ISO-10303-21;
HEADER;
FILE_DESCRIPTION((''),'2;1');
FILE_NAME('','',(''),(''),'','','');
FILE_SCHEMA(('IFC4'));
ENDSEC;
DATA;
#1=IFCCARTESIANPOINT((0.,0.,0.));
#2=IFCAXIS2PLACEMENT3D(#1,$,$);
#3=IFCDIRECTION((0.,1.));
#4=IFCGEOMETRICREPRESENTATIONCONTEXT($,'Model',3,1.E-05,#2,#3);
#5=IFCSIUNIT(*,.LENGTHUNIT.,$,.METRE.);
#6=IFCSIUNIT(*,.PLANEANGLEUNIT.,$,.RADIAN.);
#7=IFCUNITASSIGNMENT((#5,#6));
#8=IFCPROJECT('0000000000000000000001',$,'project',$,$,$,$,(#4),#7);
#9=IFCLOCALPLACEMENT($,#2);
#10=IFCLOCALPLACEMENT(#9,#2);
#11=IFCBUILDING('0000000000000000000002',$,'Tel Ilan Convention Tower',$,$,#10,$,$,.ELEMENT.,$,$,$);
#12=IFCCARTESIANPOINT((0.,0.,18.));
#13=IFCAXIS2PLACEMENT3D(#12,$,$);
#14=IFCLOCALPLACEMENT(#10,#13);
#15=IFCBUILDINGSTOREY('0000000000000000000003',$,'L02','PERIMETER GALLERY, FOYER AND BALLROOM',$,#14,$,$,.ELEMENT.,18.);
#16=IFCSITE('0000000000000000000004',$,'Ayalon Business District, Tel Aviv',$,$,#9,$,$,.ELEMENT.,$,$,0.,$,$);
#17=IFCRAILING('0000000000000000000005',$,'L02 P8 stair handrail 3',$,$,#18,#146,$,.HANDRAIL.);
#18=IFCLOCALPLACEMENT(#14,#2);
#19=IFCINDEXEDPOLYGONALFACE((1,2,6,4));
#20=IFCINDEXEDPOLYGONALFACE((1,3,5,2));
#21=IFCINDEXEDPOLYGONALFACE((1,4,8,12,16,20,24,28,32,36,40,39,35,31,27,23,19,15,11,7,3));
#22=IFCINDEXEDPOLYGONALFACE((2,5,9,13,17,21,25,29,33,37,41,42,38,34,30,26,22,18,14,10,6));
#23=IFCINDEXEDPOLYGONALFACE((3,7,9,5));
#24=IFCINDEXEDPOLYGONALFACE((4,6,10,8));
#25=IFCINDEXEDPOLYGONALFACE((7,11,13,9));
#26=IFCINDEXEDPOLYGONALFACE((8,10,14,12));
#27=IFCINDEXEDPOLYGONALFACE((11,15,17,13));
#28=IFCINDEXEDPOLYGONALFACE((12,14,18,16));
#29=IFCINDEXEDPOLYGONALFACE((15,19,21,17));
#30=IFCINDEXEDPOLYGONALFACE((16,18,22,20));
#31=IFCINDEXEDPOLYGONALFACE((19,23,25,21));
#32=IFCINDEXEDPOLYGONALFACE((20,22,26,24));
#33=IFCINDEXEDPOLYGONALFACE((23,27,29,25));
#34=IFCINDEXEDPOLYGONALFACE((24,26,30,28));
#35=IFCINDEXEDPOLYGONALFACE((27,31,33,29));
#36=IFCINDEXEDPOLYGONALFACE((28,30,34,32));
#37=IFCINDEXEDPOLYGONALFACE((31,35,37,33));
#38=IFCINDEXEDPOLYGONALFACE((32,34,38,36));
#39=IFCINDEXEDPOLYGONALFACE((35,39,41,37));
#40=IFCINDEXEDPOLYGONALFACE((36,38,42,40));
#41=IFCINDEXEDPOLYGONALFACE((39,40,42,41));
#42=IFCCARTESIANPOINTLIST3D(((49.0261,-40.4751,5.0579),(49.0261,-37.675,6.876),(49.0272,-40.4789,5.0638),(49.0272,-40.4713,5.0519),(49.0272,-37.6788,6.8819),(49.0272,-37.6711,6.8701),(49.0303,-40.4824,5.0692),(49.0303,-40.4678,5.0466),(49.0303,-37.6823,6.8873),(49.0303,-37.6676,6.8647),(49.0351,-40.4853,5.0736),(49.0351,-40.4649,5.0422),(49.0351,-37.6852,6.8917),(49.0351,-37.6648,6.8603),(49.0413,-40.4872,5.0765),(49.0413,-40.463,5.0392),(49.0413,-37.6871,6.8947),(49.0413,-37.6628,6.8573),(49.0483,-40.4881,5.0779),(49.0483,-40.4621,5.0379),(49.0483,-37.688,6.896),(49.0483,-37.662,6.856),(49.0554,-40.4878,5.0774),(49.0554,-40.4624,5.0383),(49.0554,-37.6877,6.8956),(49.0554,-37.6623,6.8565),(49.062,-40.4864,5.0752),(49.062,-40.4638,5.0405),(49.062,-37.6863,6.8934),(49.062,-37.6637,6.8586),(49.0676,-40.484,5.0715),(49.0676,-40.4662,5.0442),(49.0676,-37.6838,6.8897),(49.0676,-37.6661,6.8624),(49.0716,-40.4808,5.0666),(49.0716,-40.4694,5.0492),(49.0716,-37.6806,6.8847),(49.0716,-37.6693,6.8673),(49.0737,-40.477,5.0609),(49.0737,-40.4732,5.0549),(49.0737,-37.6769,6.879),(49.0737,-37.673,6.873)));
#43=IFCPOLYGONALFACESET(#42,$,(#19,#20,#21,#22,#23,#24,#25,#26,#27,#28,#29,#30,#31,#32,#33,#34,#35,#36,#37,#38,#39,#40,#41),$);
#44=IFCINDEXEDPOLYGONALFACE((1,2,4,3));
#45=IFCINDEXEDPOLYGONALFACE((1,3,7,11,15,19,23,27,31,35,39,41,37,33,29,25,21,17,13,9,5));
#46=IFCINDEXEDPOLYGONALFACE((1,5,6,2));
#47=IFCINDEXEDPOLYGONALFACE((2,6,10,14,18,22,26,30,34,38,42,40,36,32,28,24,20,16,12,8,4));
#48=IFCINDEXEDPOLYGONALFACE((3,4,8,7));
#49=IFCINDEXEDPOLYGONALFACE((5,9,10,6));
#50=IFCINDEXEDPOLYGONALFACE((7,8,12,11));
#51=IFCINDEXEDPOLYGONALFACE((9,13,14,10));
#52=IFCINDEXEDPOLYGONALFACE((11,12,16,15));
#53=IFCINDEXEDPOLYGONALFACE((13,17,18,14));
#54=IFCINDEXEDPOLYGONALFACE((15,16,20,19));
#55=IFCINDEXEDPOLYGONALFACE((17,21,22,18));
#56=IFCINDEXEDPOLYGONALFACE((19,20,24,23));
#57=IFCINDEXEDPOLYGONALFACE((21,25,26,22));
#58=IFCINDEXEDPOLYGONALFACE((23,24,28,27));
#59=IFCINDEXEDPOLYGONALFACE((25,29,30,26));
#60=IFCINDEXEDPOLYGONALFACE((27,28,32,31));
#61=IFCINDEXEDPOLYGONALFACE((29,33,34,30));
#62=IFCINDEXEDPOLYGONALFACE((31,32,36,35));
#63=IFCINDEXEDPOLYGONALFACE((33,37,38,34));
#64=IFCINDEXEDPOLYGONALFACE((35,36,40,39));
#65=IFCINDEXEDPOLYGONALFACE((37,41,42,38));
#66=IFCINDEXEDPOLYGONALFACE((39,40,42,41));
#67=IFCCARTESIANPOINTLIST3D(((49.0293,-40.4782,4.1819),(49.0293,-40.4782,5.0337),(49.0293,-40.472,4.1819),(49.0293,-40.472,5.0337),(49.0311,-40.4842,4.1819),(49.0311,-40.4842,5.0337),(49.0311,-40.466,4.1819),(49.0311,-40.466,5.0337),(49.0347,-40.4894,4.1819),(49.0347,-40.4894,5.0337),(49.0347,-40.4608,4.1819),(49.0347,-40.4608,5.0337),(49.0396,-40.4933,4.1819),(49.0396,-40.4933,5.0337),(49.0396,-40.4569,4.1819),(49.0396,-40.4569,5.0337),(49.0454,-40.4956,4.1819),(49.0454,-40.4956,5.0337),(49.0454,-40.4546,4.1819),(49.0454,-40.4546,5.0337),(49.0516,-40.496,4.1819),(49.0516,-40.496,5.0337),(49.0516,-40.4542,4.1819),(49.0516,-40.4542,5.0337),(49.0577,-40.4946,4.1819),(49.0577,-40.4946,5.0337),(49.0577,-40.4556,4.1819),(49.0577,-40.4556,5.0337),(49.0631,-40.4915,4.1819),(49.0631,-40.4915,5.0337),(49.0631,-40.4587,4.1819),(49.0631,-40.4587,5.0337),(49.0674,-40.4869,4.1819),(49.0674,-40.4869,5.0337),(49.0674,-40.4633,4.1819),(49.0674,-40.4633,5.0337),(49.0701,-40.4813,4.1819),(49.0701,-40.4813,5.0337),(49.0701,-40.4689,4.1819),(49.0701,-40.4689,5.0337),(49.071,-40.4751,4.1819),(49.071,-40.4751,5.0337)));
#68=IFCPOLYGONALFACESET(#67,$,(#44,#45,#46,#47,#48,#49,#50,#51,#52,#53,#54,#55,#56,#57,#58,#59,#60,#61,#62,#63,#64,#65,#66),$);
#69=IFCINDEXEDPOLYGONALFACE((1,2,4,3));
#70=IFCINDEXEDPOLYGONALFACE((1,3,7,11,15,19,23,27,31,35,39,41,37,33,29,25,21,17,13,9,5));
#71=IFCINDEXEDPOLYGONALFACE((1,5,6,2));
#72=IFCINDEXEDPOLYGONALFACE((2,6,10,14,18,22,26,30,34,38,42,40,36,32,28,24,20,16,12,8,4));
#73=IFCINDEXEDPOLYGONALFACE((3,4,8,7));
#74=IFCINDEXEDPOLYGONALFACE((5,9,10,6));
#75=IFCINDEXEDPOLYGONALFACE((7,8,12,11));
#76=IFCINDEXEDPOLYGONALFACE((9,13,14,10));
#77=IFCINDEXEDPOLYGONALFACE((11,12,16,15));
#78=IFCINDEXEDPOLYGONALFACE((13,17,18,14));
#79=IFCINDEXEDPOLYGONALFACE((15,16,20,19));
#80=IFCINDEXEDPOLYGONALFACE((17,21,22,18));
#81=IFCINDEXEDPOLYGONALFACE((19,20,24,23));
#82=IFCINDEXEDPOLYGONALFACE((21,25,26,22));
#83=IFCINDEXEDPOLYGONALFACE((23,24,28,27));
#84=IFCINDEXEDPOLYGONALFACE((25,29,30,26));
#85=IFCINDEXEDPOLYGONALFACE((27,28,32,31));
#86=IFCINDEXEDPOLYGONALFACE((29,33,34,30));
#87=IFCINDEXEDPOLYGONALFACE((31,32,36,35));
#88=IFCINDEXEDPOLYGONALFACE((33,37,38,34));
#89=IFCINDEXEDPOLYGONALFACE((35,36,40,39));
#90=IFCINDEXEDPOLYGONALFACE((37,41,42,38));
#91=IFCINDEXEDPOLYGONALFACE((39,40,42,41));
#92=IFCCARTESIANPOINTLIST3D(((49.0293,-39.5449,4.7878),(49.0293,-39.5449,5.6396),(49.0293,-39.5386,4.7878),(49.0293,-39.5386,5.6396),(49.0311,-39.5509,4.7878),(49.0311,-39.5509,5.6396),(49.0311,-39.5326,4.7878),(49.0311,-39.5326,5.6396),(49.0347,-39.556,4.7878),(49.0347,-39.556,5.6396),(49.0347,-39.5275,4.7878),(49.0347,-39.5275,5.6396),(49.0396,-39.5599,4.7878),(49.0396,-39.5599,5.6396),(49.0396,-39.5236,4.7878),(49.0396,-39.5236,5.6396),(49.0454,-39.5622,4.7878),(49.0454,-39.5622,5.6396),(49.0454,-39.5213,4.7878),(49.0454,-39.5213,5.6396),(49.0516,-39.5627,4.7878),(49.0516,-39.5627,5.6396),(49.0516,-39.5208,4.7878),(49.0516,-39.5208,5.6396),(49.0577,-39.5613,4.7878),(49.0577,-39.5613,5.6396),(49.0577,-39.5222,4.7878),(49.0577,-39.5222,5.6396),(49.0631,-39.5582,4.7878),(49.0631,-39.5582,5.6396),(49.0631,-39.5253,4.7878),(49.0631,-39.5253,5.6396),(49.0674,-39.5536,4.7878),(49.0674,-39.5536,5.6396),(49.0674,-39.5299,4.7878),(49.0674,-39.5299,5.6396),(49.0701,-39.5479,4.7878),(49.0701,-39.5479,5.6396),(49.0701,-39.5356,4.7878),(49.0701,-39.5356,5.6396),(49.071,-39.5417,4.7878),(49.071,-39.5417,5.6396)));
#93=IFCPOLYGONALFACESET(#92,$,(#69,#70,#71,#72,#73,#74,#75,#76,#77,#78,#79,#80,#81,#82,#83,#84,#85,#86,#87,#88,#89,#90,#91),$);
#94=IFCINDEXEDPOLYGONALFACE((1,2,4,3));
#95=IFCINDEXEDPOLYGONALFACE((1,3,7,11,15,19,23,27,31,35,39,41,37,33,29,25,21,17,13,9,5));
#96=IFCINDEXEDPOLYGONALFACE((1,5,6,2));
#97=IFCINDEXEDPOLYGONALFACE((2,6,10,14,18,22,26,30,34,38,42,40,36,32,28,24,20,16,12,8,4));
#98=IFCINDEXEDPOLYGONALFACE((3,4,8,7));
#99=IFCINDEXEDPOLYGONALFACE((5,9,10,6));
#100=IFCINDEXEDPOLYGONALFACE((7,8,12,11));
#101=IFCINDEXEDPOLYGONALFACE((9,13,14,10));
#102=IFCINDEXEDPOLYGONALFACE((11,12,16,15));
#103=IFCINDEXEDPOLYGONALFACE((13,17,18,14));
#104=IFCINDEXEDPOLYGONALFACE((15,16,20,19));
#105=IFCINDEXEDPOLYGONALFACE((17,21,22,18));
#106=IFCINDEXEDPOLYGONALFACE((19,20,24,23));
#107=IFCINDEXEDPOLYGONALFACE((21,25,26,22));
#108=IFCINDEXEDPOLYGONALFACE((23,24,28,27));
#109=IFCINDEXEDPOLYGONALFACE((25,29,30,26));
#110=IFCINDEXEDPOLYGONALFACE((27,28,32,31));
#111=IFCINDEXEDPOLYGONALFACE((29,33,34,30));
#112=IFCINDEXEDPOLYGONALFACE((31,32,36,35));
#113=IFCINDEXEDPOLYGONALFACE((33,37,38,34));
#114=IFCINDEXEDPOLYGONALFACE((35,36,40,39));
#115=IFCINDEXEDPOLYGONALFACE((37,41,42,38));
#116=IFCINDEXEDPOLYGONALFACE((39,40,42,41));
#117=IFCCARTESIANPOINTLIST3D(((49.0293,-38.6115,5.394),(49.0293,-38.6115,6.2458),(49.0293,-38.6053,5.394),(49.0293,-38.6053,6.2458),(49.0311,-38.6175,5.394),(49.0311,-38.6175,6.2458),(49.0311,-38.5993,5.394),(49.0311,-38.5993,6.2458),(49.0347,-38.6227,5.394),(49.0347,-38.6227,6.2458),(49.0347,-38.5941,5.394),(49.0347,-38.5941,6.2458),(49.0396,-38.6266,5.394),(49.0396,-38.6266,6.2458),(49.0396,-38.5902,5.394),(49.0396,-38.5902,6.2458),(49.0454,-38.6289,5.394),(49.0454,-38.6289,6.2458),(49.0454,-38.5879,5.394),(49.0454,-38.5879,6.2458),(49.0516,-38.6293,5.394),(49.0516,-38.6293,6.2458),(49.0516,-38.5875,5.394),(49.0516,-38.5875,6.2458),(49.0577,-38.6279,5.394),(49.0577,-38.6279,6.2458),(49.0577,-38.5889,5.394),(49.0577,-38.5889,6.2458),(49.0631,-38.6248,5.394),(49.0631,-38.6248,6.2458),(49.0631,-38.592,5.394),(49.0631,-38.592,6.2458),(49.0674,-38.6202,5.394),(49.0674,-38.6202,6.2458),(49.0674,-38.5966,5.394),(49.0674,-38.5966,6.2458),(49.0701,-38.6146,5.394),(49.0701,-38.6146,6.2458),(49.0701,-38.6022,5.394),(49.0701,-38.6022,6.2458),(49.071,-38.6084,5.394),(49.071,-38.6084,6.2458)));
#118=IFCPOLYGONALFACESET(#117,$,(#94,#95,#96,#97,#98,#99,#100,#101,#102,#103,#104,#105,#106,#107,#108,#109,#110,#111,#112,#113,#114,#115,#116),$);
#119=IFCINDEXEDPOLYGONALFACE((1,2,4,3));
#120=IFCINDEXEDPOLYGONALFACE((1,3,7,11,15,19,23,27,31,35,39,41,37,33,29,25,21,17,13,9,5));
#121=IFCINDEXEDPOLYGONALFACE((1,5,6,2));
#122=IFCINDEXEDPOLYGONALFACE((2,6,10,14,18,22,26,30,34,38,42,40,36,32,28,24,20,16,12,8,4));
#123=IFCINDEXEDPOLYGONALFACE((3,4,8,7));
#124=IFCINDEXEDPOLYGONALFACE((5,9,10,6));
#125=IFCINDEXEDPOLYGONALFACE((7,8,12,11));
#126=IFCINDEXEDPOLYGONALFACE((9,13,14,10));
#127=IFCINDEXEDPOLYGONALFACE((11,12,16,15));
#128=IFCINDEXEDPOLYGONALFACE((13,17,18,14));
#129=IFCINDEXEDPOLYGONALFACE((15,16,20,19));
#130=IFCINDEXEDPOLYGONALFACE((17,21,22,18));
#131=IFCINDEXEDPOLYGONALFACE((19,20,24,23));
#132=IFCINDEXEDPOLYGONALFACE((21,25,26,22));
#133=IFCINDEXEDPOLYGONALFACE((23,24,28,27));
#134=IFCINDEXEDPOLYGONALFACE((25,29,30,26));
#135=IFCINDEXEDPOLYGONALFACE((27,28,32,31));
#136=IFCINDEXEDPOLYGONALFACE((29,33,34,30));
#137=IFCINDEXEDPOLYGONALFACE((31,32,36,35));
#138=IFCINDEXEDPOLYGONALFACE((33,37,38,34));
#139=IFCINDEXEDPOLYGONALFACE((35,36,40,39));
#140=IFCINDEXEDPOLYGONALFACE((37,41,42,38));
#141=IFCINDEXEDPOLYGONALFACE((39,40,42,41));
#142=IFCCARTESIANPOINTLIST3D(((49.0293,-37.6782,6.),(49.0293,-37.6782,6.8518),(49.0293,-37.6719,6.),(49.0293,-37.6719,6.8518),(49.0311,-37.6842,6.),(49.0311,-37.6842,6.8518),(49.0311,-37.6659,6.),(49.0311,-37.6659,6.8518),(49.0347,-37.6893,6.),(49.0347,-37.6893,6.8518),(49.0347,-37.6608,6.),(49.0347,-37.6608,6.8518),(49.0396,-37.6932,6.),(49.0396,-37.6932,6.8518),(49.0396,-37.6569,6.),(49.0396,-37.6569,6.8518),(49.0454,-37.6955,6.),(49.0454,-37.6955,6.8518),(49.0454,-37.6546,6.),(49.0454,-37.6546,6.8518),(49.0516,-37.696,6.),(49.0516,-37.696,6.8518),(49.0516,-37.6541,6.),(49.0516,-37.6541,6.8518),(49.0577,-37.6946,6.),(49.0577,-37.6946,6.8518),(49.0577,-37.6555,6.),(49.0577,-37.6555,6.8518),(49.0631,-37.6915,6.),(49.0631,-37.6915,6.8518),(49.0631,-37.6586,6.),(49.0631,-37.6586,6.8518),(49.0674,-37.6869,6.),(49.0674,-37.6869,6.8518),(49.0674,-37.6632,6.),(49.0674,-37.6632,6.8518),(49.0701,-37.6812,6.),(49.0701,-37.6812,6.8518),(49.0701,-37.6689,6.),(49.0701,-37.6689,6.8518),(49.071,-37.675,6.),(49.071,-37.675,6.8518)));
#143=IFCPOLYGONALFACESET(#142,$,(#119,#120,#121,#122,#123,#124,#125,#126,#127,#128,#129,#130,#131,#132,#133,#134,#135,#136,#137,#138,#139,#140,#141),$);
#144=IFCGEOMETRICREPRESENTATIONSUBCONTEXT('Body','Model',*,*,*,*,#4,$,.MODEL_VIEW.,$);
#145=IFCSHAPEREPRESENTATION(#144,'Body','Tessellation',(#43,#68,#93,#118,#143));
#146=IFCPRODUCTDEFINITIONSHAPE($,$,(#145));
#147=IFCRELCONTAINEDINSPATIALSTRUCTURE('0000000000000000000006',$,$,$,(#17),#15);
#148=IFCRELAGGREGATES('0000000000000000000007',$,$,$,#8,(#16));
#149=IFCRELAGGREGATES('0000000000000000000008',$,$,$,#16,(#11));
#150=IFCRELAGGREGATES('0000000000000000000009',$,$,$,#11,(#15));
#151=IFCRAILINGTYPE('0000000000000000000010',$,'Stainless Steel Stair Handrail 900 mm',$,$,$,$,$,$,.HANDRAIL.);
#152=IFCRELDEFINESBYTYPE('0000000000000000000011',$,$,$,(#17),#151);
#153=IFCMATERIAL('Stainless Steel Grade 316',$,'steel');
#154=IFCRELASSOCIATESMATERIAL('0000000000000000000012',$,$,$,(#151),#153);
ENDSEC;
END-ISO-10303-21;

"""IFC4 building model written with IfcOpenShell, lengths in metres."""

from ifc_helpers import new_model, si_unit, direction, frame, origin, origin_2d, place, context, subcontext, project, spatial, circle, extrude, material, type_object, element, save


model = new_model("IFC4")

# Units and contexts
model_context = context("Model", 3, precision=1e-05, world=origin(), true_north=direction((0.0, 1.0)))
body_context = subcontext(model_context, "Body", "Model", "MODEL_VIEW")
ifc_project = project(units=[si_unit("LENGTHUNIT", "METRE"), si_unit("PLANEANGLEUNIT", "RADIAN")], contexts=[model_context])

# Site, building, storey
site_placement = place(None, origin())
site = spatial("IfcSite", under=ifc_project, at=site_placement, Name="Ayalon Business District, Tel Aviv", CompositionType="ELEMENT", RefElevation=0.0)
building_placement = place(site_placement, origin())
building = spatial("IfcBuilding", under=site, at=building_placement, Name="Tel Ilan Convention Tower", CompositionType="ELEMENT")
storey_placement = place(building_placement, frame((0.0, 0.0, 18.0)))
storey = spatial("IfcBuildingStorey", under=building, at=storey_placement, Name="L02", Description="PERIMETER GALLERY, FOYER AND BALLROOM", CompositionType="ELEMENT", Elevation=18.0)

# Railing
ifc_material_1 = material(Name="Stainless Steel Grade 316", Category="steel")
railing_type_1 = type_object("IfcRailingType", Name="Stainless Steel Stair Handrail 900 mm", PredefinedType="HANDRAIL", material=ifc_material_1)
railing_1_placement = place(storey_placement, frame((49.05, -40.4751, 4.1819)))
element("IfcRailing", 1, at=railing_1_placement, inside=storey, type_object=railing_type_1, Name="L02 P8 stair handrail 3", PredefinedType="HANDRAIL", context=body_context, shape_type="SweptSolid", body=[
    extrude(circle(Radius=0.0239, at=origin_2d()), frame((0.0, 0.0, 0.876), z_axis=(0.0, 0.838706, 0.544585), x_axis=(-1.0, 0.0, 0.0)), (0.0, 0.0, 1.0), 3.3386),
    extrude(circle(Radius=0.021, at=origin_2d()), origin(), (0.0, 0.0, 1.0), 0.8518),
    extrude(circle(Radius=0.021, at=origin_2d()), frame((0.0, 0.9333, 0.606)), (0.0, 0.0, 1.0), 0.8518),
    extrude(circle(Radius=0.021, at=origin_2d()), frame((0.0, 1.8667, 1.2122)), (0.0, 0.0, 1.0), 0.8518),
    extrude(circle(Radius=0.021, at=origin_2d()), frame((0.0, 2.8, 1.8181)), (0.0, 0.0, 1.0), 0.8518),
])

save(model, "model.ifc")
